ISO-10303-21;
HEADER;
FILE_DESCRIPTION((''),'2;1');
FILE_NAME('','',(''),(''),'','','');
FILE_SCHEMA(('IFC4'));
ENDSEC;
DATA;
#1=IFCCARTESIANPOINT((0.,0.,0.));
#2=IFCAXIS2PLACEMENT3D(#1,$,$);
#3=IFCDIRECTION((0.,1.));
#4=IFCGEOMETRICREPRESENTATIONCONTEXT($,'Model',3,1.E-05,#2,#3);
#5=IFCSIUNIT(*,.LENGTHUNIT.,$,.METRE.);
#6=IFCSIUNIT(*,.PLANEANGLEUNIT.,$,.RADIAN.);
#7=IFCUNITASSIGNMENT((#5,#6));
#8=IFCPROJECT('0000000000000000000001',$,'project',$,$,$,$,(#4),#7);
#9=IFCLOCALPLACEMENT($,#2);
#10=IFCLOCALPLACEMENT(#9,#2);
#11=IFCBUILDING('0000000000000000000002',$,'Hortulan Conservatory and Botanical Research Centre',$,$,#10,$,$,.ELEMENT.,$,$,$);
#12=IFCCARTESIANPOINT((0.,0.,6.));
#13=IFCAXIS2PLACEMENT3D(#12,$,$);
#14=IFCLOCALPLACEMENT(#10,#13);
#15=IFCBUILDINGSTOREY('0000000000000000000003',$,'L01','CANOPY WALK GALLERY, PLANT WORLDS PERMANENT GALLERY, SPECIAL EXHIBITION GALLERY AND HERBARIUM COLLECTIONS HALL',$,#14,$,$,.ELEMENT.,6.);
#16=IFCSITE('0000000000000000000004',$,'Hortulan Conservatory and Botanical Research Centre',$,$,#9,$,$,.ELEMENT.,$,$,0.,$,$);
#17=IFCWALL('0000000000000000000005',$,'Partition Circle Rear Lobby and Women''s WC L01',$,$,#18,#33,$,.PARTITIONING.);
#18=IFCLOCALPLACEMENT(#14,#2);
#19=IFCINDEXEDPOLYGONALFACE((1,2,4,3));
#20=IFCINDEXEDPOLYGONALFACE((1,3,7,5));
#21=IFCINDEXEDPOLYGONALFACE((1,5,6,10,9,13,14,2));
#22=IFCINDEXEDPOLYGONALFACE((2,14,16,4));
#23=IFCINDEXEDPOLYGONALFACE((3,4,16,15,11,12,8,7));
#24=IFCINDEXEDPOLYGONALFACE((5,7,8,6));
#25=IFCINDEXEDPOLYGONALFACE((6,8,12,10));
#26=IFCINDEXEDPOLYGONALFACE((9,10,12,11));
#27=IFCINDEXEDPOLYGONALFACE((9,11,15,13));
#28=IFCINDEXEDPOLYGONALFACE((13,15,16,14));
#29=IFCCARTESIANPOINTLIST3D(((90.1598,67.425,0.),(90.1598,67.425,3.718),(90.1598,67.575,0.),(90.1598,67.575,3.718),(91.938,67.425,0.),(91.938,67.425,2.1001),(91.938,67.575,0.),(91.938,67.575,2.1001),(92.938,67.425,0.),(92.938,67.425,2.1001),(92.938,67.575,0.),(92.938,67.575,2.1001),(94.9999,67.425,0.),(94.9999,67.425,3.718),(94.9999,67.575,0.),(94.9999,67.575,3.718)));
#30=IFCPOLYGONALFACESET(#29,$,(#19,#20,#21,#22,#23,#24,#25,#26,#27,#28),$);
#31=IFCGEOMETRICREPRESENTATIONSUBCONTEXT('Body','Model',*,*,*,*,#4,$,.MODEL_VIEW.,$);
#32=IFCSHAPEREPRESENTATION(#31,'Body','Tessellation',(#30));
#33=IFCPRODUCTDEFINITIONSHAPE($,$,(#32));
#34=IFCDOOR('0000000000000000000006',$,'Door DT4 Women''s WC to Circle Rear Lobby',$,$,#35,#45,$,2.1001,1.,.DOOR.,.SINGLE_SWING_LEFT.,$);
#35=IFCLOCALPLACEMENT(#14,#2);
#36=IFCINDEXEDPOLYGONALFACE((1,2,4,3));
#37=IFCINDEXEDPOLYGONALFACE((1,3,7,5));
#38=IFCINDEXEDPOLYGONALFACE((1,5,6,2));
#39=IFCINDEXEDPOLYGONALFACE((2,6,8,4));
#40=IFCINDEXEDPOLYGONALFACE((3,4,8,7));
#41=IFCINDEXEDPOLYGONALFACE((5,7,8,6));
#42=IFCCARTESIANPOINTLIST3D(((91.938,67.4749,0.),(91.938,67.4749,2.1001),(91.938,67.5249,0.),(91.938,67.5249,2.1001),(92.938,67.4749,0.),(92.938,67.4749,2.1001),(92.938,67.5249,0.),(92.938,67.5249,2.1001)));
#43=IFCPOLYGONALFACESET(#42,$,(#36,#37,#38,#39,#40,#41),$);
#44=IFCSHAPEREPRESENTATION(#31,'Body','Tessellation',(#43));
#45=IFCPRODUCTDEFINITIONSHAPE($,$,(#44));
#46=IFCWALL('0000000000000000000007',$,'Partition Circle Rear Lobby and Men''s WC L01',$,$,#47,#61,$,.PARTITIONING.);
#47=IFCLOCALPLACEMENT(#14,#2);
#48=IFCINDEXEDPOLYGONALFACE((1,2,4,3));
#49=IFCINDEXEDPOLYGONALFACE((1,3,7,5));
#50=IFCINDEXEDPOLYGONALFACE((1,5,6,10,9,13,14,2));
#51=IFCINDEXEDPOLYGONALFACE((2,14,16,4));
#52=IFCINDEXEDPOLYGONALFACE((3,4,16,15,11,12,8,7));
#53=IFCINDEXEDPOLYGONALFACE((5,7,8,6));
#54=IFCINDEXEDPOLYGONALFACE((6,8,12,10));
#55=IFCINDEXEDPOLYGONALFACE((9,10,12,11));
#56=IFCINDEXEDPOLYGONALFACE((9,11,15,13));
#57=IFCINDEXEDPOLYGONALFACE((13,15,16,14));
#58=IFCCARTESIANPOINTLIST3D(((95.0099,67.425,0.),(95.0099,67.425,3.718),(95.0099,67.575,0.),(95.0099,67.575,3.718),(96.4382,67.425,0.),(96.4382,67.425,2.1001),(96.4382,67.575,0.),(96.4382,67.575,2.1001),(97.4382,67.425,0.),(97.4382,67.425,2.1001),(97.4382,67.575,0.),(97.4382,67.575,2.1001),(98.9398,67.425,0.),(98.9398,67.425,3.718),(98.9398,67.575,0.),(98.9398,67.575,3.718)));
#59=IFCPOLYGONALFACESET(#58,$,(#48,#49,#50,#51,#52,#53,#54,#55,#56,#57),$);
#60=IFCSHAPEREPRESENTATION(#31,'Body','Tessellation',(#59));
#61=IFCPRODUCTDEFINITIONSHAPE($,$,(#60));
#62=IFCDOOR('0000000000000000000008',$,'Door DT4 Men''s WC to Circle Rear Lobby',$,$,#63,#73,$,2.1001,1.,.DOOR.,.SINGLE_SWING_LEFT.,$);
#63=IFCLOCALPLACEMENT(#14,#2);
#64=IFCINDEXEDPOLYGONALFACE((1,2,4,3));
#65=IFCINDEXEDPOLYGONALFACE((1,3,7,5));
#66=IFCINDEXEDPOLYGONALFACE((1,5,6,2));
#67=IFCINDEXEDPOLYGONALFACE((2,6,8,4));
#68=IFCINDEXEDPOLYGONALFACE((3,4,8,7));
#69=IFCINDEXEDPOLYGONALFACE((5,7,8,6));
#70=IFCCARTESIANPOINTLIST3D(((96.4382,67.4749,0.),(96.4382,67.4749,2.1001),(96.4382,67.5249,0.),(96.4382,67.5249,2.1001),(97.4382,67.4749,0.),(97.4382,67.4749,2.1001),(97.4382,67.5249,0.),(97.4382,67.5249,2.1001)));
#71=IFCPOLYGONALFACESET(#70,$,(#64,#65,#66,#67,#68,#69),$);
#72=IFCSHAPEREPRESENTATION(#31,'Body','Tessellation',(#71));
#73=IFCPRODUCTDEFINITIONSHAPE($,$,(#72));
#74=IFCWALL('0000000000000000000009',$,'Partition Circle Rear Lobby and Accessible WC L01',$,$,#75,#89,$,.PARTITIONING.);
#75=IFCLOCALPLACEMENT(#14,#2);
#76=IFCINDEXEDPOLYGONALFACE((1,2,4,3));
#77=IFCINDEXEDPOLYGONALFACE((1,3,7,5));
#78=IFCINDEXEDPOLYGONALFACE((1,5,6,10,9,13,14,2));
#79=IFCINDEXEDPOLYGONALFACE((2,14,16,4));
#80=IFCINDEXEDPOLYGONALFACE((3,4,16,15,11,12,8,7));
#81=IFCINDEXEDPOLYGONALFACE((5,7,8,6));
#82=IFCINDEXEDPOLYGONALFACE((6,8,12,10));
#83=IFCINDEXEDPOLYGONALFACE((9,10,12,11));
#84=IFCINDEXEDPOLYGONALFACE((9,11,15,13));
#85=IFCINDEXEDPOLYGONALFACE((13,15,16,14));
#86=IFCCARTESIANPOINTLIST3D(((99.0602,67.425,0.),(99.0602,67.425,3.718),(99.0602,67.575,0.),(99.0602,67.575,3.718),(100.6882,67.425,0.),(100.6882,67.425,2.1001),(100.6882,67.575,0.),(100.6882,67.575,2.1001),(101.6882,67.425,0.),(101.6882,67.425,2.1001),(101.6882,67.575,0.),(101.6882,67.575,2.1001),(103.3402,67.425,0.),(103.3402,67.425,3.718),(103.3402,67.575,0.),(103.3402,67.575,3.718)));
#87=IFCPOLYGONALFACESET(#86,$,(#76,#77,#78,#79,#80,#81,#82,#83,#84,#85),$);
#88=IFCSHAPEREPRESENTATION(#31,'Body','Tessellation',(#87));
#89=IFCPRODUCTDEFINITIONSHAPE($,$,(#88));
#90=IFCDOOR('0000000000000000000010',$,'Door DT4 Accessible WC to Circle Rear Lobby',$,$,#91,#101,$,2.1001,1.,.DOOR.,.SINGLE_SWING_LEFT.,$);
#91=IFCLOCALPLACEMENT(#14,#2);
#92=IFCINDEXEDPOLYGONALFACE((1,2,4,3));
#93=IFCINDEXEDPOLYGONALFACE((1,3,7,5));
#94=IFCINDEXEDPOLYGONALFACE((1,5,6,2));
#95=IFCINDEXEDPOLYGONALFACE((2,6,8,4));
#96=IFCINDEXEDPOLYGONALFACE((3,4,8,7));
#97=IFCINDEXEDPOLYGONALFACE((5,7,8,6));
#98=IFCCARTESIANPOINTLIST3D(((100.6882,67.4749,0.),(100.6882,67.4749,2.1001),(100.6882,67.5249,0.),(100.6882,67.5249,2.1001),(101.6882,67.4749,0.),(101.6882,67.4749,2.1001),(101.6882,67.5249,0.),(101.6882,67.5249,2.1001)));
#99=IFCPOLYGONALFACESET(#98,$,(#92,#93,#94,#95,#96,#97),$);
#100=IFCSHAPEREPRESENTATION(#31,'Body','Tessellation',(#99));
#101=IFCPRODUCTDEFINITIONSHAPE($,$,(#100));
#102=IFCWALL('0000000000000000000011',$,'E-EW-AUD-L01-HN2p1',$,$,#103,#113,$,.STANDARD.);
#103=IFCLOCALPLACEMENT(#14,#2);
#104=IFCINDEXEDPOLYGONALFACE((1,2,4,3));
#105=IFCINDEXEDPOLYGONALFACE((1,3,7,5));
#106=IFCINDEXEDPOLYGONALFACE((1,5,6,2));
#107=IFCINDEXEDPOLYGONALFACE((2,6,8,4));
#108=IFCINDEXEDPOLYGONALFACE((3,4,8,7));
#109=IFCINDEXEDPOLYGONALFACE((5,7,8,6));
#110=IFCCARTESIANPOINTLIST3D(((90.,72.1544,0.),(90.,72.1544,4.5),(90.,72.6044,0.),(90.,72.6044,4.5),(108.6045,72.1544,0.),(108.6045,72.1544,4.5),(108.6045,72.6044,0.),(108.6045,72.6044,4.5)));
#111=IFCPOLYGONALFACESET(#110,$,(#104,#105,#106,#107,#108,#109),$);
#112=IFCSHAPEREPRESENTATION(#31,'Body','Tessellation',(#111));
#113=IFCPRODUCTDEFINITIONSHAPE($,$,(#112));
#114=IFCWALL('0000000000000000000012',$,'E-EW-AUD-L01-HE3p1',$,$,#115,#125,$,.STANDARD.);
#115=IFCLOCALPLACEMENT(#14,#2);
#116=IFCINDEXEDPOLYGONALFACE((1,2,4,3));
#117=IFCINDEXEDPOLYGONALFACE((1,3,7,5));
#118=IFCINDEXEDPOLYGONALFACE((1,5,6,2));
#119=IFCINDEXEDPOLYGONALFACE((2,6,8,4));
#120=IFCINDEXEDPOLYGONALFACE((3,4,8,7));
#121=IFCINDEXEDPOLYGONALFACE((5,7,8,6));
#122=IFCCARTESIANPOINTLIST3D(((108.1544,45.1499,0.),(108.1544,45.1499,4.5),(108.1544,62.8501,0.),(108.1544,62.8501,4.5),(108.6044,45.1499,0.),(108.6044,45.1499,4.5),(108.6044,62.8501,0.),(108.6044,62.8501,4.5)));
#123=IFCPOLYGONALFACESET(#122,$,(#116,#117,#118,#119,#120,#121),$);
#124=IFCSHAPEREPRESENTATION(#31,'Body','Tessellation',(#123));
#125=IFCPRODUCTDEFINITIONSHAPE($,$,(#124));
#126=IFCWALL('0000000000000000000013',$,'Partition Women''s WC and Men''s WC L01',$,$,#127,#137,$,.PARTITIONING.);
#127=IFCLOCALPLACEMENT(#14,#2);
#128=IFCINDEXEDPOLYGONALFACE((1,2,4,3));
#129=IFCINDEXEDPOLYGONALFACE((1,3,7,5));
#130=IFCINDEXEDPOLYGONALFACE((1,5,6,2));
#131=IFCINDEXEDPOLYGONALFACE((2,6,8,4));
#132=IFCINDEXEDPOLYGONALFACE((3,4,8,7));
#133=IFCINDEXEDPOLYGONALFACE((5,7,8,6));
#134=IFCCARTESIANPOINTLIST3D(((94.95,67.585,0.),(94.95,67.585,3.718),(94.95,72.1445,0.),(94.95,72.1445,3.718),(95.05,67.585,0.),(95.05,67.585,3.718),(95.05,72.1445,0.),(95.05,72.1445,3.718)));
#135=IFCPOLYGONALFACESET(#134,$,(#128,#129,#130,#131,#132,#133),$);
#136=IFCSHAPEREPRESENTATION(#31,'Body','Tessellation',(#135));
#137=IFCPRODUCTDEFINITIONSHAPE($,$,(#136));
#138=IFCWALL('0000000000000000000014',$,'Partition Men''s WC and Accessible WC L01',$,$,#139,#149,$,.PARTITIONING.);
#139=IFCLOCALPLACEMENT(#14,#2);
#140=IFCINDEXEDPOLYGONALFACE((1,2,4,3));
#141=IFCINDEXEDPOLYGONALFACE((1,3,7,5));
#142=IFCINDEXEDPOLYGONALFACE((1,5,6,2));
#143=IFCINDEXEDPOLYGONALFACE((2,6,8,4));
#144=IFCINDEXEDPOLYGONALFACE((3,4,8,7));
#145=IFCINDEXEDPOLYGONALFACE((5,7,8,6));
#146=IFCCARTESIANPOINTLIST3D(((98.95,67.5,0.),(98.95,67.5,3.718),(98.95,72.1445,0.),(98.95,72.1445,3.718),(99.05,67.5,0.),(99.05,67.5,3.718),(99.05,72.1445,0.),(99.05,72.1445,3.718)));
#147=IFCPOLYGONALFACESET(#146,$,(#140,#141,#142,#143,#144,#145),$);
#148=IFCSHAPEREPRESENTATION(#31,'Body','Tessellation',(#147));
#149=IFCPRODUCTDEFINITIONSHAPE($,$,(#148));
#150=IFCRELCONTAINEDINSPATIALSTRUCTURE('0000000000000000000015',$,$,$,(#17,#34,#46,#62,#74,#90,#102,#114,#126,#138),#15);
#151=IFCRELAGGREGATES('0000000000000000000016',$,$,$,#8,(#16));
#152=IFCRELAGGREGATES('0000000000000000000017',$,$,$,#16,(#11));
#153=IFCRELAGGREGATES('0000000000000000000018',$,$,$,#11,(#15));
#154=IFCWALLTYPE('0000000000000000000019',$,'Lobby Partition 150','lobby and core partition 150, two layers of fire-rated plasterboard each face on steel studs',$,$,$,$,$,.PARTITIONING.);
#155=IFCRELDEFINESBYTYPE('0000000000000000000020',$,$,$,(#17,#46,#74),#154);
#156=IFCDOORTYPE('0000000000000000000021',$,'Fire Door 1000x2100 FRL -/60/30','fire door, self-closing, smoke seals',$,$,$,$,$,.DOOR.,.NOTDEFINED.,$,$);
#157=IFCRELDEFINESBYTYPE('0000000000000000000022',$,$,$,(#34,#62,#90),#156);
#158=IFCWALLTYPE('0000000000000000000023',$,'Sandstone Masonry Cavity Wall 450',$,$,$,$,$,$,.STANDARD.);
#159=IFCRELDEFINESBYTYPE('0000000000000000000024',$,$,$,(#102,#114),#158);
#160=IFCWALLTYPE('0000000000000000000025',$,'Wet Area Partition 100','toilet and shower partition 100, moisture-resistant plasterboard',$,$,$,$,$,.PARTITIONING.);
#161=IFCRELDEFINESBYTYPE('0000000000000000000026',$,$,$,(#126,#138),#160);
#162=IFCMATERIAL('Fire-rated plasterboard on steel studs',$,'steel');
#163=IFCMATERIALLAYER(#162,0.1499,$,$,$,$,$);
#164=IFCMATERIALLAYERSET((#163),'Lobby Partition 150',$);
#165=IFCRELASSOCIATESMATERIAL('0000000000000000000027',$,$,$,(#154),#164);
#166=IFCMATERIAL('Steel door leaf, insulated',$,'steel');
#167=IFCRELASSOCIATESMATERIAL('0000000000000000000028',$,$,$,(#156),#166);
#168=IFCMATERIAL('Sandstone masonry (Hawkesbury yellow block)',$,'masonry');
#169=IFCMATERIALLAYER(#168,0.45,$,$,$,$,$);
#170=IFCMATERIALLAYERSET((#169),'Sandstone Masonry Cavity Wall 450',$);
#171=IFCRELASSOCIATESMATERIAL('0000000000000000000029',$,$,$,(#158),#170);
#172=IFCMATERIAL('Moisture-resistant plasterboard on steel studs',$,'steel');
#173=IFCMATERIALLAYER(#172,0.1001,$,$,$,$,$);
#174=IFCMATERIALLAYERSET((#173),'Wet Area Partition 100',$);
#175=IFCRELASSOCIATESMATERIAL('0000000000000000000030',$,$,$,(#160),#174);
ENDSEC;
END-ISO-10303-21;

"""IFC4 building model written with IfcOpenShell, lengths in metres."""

from ifc_helpers import new_model, si_unit, direction, frame, frame_2d, origin, place, context, subcontext, project, spatial, rectangle, extrude, material, layer, layer_set, type_object, element, fill, save


model = new_model("IFC4")

# Units and contexts
model_context = context("Model", 3, precision=1e-05, world=origin(), true_north=direction((0.0, 1.0)))
body_context = subcontext(model_context, "Body", "Model", "MODEL_VIEW")
ifc_project = project(units=[si_unit("LENGTHUNIT", "METRE"), si_unit("PLANEANGLEUNIT", "RADIAN")], contexts=[model_context])

# Site, building, storey
site_placement = place(None, origin())
site = spatial("IfcSite", under=ifc_project, at=site_placement, Name="Hortulan Conservatory and Botanical Research Centre", CompositionType="ELEMENT", RefElevation=0.0)
building_placement = place(site_placement, origin())
building = spatial("IfcBuilding", under=site, at=building_placement, Name="Hortulan Conservatory and Botanical Research Centre", CompositionType="ELEMENT")
storey_placement = place(building_placement, frame((0.0, 0.0, 6.0)))
storey = spatial("IfcBuildingStorey", under=building, at=storey_placement, Name="L01", Description="CANOPY WALK GALLERY, PLANT WORLDS PERMANENT GALLERY, SPECIAL EXHIBITION GALLERY AND HERBARIUM COLLECTIONS HALL", CompositionType="ELEMENT", Elevation=6.0)

# Shared definitions
ifc_material_1 = material(Name="Fire-rated plasterboard on steel studs", Category="steel")
ifc_layer_1 = layer(ifc_material_1, 0.1499)
ifc_layer_set_1 = layer_set([ifc_layer_1], Name="Lobby Partition 150")
wall_type_1 = type_object("IfcWallType", Name="Lobby Partition 150", Description="lobby and core partition 150, two layers of fire-rated plasterboard each face on steel studs", PredefinedType="PARTITIONING", material=ifc_layer_set_1)

# Walls, openings, doors
wall_1_placement = place(storey_placement, frame((90.1599, 67.5, 0.0), z_axis=(0.0, 0.0, 1.0), x_axis=(1.0, 0.0, 0.0)))
wall_1 = element("IfcWall", 1, at=wall_1_placement, inside=storey, type_object=wall_type_1, Name="Partition Circle Rear Lobby and Women's WC L01", PredefinedType="PARTITIONING", context=body_context, shape_type="SweptSolid", body=[
    extrude(rectangle(XDim=4.8401, YDim=0.1499, at=frame_2d((2.4199, 0.0))), origin(), (0.0, 0.0, 1.0), 3.718),
])
opening_1_placement = place(wall_1_placement, frame((1.7781, 0.0, 0.0)))
opening_1 = element("IfcOpeningElement", 2, at=opening_1_placement, cuts=wall_1, PredefinedType="OPENING", context=body_context, shape_type="SweptSolid", body=[
    extrude(rectangle(XDim=1.0, YDim=2.1001, at=frame_2d((0.5, 1.05))), frame((0.0, 0.085, 0.0), z_axis=(0.0, -1.0, 0.0), x_axis=(1.0, 0.0, 0.0)), (0.0, 0.0, 1.0), 0.1699),
])
ifc_material_2 = material(Name="Steel door leaf, insulated", Category="steel")
door_type_1 = type_object("IfcDoorType", Name="Fire Door 1000x2100 FRL -/60/30", Description="fire door, self-closing, smoke seals", OperationType="NOTDEFINED", PredefinedType="DOOR", material=ifc_material_2)
door_1_placement = place(opening_1_placement, origin())
door_1 = element("IfcDoor", 3, at=door_1_placement, inside=storey, type_object=door_type_1, Name="Door DT4 Women's WC to Circle Rear Lobby", OperationType="SINGLE_SWING_LEFT", OverallHeight=2.1001, OverallWidth=1.0, PredefinedType="DOOR", context=body_context, shape_type="SweptSolid", body=[
    extrude(rectangle(XDim=1.0, YDim=2.1001, at=frame_2d((0.5, 1.05))), frame((0.0, 0.0249, 0.0), z_axis=(0.0, -1.0, 0.0), x_axis=(1.0, 0.0, 0.0)), (0.0, 0.0, 1.0), 0.05),
])
fill(opening_1, door_1)
wall_2_placement = place(storey_placement, frame((95.01, 67.5, 0.0), z_axis=(0.0, 0.0, 1.0), x_axis=(1.0, 0.0, 0.0)))
wall_2 = element("IfcWall", 4, at=wall_2_placement, inside=storey, type_object=wall_type_1, Name="Partition Circle Rear Lobby and Men's WC L01", PredefinedType="PARTITIONING", context=body_context, shape_type="SweptSolid", body=[
    extrude(rectangle(XDim=3.9299, YDim=0.1499, at=frame_2d((1.9648, 0.0))), origin(), (0.0, 0.0, 1.0), 3.718),
])
opening_2_placement = place(wall_2_placement, frame((1.4282, 0.0, 0.0)))
opening_2 = element("IfcOpeningElement", 5, at=opening_2_placement, cuts=wall_2, PredefinedType="OPENING", context=body_context, shape_type="SweptSolid", body=[
    extrude(rectangle(XDim=1.0, YDim=2.1001, at=frame_2d((0.5, 1.05))), frame((0.0, 0.085, 0.0), z_axis=(0.0, -1.0, 0.0), x_axis=(1.0, 0.0, 0.0)), (0.0, 0.0, 1.0), 0.1699),
])
door_2_placement = place(opening_2_placement, origin())
door_2 = element("IfcDoor", 6, at=door_2_placement, inside=storey, type_object=door_type_1, Name="Door DT4 Men's WC to Circle Rear Lobby", OperationType="SINGLE_SWING_LEFT", OverallHeight=2.1001, OverallWidth=1.0, PredefinedType="DOOR", context=body_context, shape_type="SweptSolid", body=[
    extrude(rectangle(XDim=1.0, YDim=2.1001, at=frame_2d((0.5, 1.05))), frame((0.0, 0.0249, 0.0), z_axis=(0.0, -1.0, 0.0), x_axis=(1.0, 0.0, 0.0)), (0.0, 0.0, 1.0), 0.05),
])
fill(opening_2, door_2)
wall_3_placement = place(storey_placement, frame((99.0601, 67.5, 0.0), z_axis=(0.0, 0.0, 1.0), x_axis=(1.0, 0.0, 0.0)))
wall_3 = element("IfcWall", 7, at=wall_3_placement, inside=storey, type_object=wall_type_1, Name="Partition Circle Rear Lobby and Accessible WC L01", PredefinedType="PARTITIONING", context=body_context, shape_type="SweptSolid", body=[
    extrude(rectangle(XDim=4.28, YDim=0.1499, at=frame_2d((2.1401, 0.0))), origin(), (0.0, 0.0, 1.0), 3.718),
])
opening_3_placement = place(wall_3_placement, frame((1.6282, 0.0, 0.0)))
opening_3 = element("IfcOpeningElement", 8, at=opening_3_placement, cuts=wall_3, PredefinedType="OPENING", context=body_context, shape_type="SweptSolid", body=[
    extrude(rectangle(XDim=1.0, YDim=2.1001, at=frame_2d((0.5, 1.05))), frame((0.0, 0.085, 0.0), z_axis=(0.0, -1.0, 0.0), x_axis=(1.0, 0.0, 0.0)), (0.0, 0.0, 1.0), 0.1699),
])
door_3_placement = place(opening_3_placement, origin())
door_3 = element("IfcDoor", 9, at=door_3_placement, inside=storey, type_object=door_type_1, Name="Door DT4 Accessible WC to Circle Rear Lobby", OperationType="SINGLE_SWING_LEFT", OverallHeight=2.1001, OverallWidth=1.0, PredefinedType="DOOR", context=body_context, shape_type="SweptSolid", body=[
    extrude(rectangle(XDim=1.0, YDim=2.1001, at=frame_2d((0.5, 1.05))), frame((0.0, 0.0249, 0.0), z_axis=(0.0, -1.0, 0.0), x_axis=(1.0, 0.0, 0.0)), (0.0, 0.0, 1.0), 0.05),
])
fill(opening_3, door_3)

# Walls
ifc_material_3 = material(Name="Sandstone masonry (Hawkesbury yellow block)", Category="masonry")
ifc_layer_2 = layer(ifc_material_3, 0.45)
ifc_layer_set_2 = layer_set([ifc_layer_2], Name="Sandstone Masonry Cavity Wall 450")
wall_type_2 = type_object("IfcWallType", Name="Sandstone Masonry Cavity Wall 450", PredefinedType="STANDARD", material=ifc_layer_set_2)
wall_4_placement = place(storey_placement, frame((90.0, 72.3794, 0.0), z_axis=(0.0, 0.0, 1.0), x_axis=(1.0, 0.0, 0.0)))
element("IfcWall", 10, at=wall_4_placement, inside=storey, type_object=wall_type_2, Name="E-EW-AUD-L01-HN2p1", PredefinedType="STANDARD", context=body_context, shape_type="SweptSolid", body=[
    extrude(rectangle(XDim=18.6045, YDim=0.45, at=frame_2d((9.3022, 0.0))), origin(), (0.0, 0.0, 1.0), 4.5),
])
wall_5_placement = place(storey_placement, frame((108.3794, 62.8501, 0.0), z_axis=(0.0, 0.0, 1.0), x_axis=(0.0, -1.0, 0.0)))
element("IfcWall", 11, at=wall_5_placement, inside=storey, type_object=wall_type_2, Name="E-EW-AUD-L01-HE3p1", PredefinedType="STANDARD", context=body_context, shape_type="SweptSolid", body=[
    extrude(rectangle(XDim=17.7002, YDim=0.45, at=frame_2d((8.8501, 0.0))), origin(), (0.0, 0.0, 1.0), 4.5),
])
ifc_material_4 = material(Name="Moisture-resistant plasterboard on steel studs", Category="steel")
ifc_layer_3 = layer(ifc_material_4, 0.1001)
ifc_layer_set_3 = layer_set([ifc_layer_3], Name="Wet Area Partition 100")
wall_type_3 = type_object("IfcWallType", Name="Wet Area Partition 100", Description="toilet and shower partition 100, moisture-resistant plasterboard", PredefinedType="PARTITIONING", material=ifc_layer_set_3)
wall_6_placement = place(storey_placement, frame((95.0, 67.585, 0.0), z_axis=(0.0, 0.0, 1.0), x_axis=(0.0, 1.0, 0.0)))
element("IfcWall", 12, at=wall_6_placement, inside=storey, type_object=wall_type_3, Name="Partition Women's WC and Men's WC L01", PredefinedType="PARTITIONING", context=body_context, shape_type="SweptSolid", body=[
    extrude(rectangle(XDim=4.5596, YDim=0.1001, at=frame_2d((2.2798, 0.0))), origin(), (0.0, 0.0, 1.0), 3.718),
])
wall_7_placement = place(storey_placement, frame((99.0, 67.5, 0.0), z_axis=(0.0, 0.0, 1.0), x_axis=(0.0, 1.0, 0.0)))
element("IfcWall", 13, at=wall_7_placement, inside=storey, type_object=wall_type_3, Name="Partition Men's WC and Accessible WC L01", PredefinedType="PARTITIONING", context=body_context, shape_type="SweptSolid", body=[
    extrude(rectangle(XDim=4.6445, YDim=0.1001, at=frame_2d((2.3223, 0.0))), origin(), (0.0, 0.0, 1.0), 3.718),
])

save(model, "model.ifc")
